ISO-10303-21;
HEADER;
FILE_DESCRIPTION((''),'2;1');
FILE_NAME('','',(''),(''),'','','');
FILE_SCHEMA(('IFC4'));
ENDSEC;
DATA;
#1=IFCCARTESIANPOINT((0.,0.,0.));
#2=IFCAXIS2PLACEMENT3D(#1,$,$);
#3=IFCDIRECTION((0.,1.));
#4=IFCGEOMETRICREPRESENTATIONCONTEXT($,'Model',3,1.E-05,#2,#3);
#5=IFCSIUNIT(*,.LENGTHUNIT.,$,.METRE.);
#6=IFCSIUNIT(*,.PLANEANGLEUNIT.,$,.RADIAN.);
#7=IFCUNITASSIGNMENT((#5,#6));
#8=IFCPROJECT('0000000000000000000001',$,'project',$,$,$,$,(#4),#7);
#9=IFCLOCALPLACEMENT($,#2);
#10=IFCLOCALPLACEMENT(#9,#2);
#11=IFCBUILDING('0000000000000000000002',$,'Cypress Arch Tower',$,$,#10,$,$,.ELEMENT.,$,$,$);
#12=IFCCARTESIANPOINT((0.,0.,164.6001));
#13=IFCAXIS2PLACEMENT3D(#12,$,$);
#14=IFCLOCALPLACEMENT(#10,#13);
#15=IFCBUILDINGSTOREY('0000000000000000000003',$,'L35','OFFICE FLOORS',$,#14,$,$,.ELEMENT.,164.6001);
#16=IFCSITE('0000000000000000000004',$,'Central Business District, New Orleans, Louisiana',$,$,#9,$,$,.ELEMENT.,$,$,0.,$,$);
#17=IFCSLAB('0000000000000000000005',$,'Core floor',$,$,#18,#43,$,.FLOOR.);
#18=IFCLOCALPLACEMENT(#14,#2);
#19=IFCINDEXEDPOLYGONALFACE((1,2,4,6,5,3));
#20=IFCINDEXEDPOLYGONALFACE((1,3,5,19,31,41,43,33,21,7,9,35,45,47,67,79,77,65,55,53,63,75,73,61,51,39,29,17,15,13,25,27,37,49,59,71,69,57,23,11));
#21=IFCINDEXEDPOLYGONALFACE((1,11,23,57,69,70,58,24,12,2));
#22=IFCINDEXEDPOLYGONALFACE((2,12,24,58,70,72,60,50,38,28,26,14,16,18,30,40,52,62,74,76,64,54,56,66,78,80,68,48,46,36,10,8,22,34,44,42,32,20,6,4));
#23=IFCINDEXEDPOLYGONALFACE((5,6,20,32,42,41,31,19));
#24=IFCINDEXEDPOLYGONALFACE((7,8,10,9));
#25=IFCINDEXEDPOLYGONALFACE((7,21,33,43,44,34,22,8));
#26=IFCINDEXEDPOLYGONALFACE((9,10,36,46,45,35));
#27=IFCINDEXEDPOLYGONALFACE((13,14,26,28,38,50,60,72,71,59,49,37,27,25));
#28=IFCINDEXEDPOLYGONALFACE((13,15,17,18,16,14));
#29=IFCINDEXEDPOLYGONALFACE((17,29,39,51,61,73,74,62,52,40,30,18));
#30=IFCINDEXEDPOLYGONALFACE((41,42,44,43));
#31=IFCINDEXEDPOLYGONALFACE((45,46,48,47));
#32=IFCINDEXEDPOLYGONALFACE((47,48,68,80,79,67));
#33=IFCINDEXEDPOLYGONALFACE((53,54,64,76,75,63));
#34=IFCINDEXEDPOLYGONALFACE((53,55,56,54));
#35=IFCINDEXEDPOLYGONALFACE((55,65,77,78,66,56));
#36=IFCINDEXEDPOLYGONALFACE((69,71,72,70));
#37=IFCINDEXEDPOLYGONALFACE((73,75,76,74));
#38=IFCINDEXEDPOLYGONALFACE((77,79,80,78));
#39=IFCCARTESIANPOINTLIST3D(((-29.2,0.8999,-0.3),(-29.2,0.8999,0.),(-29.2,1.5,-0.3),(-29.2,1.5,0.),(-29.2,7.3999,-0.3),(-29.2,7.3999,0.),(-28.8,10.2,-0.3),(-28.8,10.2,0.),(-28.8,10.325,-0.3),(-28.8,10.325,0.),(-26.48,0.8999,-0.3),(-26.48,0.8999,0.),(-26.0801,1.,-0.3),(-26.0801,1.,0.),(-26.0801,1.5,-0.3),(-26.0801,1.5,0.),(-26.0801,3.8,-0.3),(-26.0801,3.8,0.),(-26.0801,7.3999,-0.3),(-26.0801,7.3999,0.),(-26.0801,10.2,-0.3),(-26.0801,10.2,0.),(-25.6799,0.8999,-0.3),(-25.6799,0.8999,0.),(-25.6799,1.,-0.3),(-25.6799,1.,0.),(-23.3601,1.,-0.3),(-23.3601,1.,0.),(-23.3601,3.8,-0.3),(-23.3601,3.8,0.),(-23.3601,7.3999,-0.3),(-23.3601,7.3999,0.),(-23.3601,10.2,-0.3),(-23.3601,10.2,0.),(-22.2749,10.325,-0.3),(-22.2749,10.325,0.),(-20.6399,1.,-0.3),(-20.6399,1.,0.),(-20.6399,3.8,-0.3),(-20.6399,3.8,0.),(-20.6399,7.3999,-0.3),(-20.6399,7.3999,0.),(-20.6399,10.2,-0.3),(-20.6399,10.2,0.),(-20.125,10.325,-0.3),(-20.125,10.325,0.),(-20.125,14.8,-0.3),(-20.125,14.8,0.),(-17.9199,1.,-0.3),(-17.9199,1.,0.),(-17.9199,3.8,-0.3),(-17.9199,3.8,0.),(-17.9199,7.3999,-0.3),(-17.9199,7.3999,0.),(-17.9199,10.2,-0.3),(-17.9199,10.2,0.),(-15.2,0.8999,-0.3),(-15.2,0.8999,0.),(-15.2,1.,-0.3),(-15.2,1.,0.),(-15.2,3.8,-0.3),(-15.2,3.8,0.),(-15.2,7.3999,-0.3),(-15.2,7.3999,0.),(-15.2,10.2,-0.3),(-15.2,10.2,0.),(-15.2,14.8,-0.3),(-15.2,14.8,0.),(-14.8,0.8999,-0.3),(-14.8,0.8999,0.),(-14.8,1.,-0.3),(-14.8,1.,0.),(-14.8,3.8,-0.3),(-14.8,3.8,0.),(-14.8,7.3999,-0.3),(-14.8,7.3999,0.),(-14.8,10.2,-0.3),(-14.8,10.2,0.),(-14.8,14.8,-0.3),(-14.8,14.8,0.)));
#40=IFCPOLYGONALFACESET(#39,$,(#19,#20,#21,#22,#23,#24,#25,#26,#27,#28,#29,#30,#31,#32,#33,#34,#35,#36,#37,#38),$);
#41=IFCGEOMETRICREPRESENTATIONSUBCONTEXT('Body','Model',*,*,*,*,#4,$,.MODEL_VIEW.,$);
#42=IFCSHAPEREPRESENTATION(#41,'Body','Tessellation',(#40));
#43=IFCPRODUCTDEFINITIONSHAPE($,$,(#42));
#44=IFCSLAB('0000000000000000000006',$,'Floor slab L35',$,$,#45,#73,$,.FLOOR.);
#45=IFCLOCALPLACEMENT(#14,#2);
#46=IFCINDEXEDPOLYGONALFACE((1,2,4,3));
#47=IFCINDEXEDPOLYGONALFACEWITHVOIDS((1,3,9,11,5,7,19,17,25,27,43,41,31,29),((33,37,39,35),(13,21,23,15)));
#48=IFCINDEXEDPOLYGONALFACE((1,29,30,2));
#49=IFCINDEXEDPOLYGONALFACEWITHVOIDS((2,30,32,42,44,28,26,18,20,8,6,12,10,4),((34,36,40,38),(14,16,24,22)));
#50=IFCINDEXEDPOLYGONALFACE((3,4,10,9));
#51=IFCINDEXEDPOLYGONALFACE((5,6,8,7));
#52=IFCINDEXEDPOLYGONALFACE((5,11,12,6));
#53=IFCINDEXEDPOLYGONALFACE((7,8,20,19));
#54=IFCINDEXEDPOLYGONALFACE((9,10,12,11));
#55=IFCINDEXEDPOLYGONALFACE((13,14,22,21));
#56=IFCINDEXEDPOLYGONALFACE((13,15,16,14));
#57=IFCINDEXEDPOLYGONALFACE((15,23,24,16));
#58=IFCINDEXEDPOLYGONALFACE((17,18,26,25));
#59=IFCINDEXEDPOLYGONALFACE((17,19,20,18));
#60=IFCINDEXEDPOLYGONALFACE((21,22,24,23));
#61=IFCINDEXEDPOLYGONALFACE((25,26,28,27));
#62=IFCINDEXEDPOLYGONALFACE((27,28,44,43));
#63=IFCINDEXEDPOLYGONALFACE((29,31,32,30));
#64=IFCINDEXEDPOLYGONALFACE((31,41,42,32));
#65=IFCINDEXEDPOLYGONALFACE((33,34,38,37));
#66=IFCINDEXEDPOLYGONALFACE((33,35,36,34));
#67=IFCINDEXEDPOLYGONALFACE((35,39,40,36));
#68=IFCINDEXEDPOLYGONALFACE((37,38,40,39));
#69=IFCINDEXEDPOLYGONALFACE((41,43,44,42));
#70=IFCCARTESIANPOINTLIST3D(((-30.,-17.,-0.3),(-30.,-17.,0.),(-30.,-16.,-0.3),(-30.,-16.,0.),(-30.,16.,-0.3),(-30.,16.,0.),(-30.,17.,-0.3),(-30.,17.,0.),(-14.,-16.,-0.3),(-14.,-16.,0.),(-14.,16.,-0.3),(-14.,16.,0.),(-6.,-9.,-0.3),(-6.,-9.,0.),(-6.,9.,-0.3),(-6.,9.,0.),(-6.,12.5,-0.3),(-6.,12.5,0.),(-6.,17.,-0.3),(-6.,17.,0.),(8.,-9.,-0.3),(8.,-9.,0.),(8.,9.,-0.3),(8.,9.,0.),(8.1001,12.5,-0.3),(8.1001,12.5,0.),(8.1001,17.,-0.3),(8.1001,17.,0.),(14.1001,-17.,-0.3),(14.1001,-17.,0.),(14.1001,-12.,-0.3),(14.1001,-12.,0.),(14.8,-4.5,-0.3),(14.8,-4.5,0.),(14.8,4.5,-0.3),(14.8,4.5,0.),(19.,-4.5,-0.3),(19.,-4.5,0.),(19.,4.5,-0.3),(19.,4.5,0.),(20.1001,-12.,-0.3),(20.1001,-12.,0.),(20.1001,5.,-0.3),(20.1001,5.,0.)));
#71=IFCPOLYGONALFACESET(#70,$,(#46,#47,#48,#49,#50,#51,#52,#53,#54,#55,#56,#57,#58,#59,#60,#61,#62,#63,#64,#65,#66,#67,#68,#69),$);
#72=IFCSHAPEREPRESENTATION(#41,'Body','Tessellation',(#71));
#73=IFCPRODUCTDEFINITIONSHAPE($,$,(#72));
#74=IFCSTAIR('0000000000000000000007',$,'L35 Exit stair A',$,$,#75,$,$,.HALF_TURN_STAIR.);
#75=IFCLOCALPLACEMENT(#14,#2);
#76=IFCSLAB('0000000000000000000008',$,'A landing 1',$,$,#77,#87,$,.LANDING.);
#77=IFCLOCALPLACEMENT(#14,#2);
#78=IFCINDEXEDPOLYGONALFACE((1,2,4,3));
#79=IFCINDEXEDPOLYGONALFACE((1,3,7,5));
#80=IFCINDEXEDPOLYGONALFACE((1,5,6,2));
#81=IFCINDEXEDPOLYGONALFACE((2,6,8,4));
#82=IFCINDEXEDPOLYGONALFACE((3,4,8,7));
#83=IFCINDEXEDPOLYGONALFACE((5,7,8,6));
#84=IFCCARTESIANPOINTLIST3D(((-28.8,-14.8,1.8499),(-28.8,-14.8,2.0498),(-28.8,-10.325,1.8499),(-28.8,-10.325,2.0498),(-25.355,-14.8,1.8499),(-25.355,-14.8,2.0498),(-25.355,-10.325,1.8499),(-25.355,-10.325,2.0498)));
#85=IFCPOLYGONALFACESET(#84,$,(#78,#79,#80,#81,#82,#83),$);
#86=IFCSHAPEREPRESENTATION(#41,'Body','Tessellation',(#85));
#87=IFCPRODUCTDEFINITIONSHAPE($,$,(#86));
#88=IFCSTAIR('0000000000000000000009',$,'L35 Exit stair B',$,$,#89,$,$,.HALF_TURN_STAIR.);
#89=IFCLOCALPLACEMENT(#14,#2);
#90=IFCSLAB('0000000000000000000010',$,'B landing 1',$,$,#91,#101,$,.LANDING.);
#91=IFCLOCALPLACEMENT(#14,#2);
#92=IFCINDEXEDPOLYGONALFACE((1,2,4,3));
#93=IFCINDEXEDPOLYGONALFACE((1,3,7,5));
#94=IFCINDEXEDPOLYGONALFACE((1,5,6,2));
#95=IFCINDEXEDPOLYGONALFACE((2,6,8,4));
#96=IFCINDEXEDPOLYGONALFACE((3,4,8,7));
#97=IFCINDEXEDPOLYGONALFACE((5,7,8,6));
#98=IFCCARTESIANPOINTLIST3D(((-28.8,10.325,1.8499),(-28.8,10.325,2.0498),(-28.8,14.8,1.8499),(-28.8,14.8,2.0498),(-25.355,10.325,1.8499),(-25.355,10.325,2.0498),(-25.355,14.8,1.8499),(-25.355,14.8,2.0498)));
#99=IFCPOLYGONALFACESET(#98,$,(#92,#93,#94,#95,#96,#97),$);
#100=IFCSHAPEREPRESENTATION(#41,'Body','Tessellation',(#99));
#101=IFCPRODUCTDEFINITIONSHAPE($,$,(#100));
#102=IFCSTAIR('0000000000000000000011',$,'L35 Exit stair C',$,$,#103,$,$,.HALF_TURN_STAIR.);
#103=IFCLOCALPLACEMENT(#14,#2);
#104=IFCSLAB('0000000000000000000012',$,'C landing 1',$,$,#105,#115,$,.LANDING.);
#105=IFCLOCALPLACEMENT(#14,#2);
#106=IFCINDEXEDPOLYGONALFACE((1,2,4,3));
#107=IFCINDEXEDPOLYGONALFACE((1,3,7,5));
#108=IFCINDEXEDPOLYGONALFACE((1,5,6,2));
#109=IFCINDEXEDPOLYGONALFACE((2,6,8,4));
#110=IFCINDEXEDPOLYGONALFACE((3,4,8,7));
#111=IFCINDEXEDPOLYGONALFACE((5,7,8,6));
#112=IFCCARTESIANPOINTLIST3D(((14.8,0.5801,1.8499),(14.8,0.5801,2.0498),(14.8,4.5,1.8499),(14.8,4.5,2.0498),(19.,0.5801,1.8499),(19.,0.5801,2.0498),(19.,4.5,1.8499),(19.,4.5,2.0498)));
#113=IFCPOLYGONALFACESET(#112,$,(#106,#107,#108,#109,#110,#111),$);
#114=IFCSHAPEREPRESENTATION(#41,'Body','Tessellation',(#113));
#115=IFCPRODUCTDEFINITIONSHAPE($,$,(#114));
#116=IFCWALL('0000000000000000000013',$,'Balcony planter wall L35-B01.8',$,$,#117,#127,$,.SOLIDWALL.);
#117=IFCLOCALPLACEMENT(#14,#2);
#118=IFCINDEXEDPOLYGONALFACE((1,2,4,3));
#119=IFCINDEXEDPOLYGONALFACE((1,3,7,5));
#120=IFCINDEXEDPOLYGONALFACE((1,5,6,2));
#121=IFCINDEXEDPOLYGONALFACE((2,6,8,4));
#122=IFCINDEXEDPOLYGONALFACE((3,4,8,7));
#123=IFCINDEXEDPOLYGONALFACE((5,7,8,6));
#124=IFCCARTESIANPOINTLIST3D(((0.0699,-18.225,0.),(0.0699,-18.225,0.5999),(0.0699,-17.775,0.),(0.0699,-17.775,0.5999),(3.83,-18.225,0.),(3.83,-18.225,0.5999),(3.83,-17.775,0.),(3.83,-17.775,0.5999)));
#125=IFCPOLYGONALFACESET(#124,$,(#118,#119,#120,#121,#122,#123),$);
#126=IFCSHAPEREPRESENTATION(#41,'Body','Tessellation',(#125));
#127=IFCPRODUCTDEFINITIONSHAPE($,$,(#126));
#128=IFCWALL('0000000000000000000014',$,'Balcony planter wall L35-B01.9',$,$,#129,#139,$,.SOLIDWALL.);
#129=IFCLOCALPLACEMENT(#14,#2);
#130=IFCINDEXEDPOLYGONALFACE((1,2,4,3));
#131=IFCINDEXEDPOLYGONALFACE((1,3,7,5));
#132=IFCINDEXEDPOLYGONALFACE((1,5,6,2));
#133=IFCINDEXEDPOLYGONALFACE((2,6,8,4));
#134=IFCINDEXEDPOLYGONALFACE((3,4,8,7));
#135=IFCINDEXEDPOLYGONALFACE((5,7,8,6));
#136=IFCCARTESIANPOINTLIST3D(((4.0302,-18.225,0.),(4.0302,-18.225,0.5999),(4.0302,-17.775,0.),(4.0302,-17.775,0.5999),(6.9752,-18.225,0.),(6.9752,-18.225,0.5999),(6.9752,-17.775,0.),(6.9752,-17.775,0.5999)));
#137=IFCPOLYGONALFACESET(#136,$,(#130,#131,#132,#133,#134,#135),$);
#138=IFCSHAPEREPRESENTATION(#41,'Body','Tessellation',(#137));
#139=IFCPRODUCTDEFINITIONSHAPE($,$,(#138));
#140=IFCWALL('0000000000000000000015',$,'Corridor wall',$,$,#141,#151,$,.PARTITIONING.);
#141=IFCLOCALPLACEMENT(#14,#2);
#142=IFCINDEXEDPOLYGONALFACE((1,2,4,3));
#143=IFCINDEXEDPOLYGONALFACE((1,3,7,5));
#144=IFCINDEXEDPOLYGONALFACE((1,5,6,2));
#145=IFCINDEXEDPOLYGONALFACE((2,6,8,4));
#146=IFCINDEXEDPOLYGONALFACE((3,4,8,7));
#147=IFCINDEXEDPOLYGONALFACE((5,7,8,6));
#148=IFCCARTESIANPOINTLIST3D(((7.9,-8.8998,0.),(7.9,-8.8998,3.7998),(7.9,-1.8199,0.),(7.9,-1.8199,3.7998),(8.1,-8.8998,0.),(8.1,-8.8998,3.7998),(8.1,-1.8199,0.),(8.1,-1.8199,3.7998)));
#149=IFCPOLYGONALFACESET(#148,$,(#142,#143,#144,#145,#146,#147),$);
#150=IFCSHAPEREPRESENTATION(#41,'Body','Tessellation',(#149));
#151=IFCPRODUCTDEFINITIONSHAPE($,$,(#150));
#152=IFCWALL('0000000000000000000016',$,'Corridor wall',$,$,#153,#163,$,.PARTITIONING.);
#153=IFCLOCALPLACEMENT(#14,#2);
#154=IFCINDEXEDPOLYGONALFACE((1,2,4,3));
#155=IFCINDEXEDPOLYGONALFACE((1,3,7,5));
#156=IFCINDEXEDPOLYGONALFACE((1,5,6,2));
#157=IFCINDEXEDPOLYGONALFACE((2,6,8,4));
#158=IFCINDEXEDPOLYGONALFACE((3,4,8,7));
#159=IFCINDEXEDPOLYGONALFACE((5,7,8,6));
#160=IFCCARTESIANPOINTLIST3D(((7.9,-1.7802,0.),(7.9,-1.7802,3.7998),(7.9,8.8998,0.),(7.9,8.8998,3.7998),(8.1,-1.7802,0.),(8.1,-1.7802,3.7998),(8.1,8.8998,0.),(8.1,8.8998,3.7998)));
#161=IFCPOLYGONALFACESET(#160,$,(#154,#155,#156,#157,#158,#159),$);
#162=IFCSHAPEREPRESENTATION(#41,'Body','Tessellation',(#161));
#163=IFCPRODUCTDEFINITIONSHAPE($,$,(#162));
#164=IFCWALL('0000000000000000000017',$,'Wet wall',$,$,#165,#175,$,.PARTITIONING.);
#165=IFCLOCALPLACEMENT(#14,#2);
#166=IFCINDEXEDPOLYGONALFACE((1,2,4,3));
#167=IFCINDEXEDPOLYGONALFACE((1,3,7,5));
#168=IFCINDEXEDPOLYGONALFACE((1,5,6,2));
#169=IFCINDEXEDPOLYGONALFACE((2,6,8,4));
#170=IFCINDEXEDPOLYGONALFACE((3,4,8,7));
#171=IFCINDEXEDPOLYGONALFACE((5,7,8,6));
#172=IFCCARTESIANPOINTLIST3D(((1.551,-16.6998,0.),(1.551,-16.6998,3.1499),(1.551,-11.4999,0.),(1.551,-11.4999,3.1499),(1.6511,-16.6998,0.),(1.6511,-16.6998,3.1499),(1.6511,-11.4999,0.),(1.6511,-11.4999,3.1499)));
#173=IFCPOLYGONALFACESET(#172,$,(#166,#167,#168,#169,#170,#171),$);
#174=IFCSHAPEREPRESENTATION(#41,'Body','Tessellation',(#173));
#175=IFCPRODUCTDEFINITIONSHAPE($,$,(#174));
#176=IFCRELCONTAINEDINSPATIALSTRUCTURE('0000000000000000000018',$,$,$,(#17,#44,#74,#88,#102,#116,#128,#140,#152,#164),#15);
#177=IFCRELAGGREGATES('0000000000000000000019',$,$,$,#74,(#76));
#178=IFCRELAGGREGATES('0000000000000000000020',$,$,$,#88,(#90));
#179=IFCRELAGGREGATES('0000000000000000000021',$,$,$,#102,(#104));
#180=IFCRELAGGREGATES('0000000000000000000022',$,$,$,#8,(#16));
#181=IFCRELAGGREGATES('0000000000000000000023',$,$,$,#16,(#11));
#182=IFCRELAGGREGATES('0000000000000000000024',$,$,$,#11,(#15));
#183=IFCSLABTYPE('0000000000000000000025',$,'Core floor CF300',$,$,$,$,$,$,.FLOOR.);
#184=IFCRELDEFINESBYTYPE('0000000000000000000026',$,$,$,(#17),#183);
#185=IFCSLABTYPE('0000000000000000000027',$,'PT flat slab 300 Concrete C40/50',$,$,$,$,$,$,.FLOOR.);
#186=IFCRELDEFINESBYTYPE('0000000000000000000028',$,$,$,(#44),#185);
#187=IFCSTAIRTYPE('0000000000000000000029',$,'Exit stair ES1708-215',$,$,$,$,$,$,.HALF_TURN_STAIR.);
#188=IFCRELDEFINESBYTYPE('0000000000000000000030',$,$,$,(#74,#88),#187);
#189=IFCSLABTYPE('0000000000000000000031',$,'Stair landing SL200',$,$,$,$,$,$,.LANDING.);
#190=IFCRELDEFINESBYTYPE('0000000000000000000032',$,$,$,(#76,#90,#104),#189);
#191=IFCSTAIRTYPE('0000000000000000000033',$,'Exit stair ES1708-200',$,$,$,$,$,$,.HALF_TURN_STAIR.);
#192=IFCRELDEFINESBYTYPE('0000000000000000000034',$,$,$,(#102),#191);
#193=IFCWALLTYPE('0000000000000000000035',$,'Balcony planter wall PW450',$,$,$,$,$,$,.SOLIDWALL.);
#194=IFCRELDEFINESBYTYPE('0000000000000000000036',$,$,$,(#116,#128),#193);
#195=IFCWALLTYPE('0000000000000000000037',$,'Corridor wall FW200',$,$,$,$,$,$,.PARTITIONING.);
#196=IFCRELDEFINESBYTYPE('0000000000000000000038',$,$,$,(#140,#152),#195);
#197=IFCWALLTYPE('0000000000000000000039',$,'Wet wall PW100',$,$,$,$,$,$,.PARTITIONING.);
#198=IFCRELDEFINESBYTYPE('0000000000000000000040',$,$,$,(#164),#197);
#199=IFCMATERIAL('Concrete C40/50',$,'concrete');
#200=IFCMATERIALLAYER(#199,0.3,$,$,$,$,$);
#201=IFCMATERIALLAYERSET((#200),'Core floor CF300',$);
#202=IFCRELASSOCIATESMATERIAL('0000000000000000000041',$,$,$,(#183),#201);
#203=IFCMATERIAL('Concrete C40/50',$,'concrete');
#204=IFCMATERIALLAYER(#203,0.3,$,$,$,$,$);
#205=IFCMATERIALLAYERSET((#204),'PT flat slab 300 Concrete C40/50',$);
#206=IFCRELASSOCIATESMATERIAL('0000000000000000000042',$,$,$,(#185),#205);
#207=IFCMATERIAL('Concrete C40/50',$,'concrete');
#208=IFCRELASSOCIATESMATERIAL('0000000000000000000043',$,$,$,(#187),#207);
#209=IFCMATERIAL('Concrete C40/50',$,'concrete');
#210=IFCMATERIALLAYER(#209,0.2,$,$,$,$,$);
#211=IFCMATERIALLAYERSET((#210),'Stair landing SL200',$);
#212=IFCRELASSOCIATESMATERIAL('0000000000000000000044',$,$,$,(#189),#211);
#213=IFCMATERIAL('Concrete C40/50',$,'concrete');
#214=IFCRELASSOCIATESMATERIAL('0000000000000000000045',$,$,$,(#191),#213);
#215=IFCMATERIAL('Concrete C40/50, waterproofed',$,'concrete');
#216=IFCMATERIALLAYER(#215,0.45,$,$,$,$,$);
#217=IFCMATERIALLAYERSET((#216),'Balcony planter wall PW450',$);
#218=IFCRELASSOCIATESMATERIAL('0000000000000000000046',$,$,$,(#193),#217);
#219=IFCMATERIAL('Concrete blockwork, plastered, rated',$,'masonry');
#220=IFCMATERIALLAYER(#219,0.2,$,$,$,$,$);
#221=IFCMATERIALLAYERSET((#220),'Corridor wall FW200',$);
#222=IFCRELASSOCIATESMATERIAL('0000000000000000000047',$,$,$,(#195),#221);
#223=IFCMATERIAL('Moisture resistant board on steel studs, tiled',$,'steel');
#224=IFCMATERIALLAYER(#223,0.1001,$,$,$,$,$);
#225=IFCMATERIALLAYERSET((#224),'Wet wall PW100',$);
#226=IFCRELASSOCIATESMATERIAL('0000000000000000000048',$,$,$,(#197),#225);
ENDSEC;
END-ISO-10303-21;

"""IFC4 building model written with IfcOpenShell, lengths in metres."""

from ifc_helpers import new_model, si_unit, direction, frame, frame_2d, origin, place, context, subcontext, project, spatial, polyline, rectangle, outline, extrude, material, layer, layer_set, type_object, element, aggregate, save


model = new_model("IFC4")

# Units and contexts
model_context = context("Model", 3, precision=1e-05, world=origin(), true_north=direction((0.0, 1.0)))
body_context = subcontext(model_context, "Body", "Model", "MODEL_VIEW")
ifc_project = project(units=[si_unit("LENGTHUNIT", "METRE"), si_unit("PLANEANGLEUNIT", "RADIAN")], contexts=[model_context])

# Site, building, storey
site_placement = place(None, origin())
site = spatial("IfcSite", under=ifc_project, at=site_placement, Name="Central Business District, New Orleans, Louisiana", CompositionType="ELEMENT", RefElevation=0.0)
building_placement = place(site_placement, origin())
building = spatial("IfcBuilding", under=site, at=building_placement, Name="Cypress Arch Tower", CompositionType="ELEMENT")
storey_placement = place(building_placement, frame((0.0, 0.0, 164.6001)))
storey = spatial("IfcBuildingStorey", under=building, at=storey_placement, Name="L35", Description="OFFICE FLOORS", CompositionType="ELEMENT", Elevation=164.6001)

# Slabs
ifc_material_1 = material(Name="Concrete C40/50", Category="concrete")
ifc_layer_1 = layer(ifc_material_1, 0.3)
ifc_layer_set_1 = layer_set([ifc_layer_1], Name="Core floor CF300")
slab_type_1 = type_object("IfcSlabType", Name="Core floor CF300", PredefinedType="FLOOR", material=ifc_layer_set_1)
slab_1_placement = place(storey_placement, frame((0.0, 0.0, -0.3)))
element("IfcSlab", 1, at=slab_1_placement, inside=storey, type_object=slab_type_1, Name="Core floor", PredefinedType="FLOOR", context=body_context, shape_type="SweptSolid", body=[
    extrude(outline(polyline([(-20.6399, 7.3999), (-20.6399, 10.2), (-23.3601, 10.2), (-26.0801, 10.2), (-28.8, 10.2), (-28.8, 10.325), (-22.2749, 10.325), (-20.125, 10.325), (-20.125, 14.8), (-15.2, 14.8), (-14.8, 14.8), (-14.8, 10.2), (-15.2, 10.2), (-17.9199, 10.2), (-17.9199, 7.3999), (-15.2, 7.3999), (-14.8, 7.3999), (-14.8, 3.8), (-15.2, 3.8), (-17.9199, 3.8), (-20.6399, 3.8), (-23.3601, 3.8), (-26.0801, 3.8), (-26.0801, 1.5), (-26.0801, 1.5), (-26.0801, 1.0), (-25.6799, 1.0), (-23.3601, 1.0), (-20.6399, 1.0), (-17.9199, 1.0), (-15.2, 1.0), (-14.8, 1.0), (-14.8, 0.8999), (-15.2, 0.8999), (-25.6799, 0.8999), (-26.48, 0.8999), (-29.2, 0.8999), (-29.2, 1.5), (-29.2, 7.3999), (-26.0801, 7.3999), (-23.3601, 7.3999), (-20.6399, 7.3999)])), origin(), (0.0, 0.0, 1.0), 0.3),
])
ifc_material_2 = material(Name="Concrete C40/50", Category="concrete")
ifc_layer_2 = layer(ifc_material_2, 0.3)
ifc_layer_set_2 = layer_set([ifc_layer_2], Name="PT flat slab 300 Concrete C40/50")
slab_type_2 = type_object("IfcSlabType", Name="PT flat slab 300 Concrete C40/50", PredefinedType="FLOOR", material=ifc_layer_set_2)
slab_2_placement = place(storey_placement, frame((0.0, 0.0, -0.3)))
element("IfcSlab", 2, at=slab_2_placement, inside=storey, type_object=slab_type_2, Name="Floor slab L35", PredefinedType="FLOOR", context=body_context, shape_type="SweptSolid", body=[
    extrude(outline(polyline([(-30.0, 17.0), (-6.0, 17.0), (-6.0, 12.5), (8.1001, 12.5), (8.1001, 17.0), (20.1001, 5.0), (20.1001, -12.0), (14.1001, -12.0), (14.1001, -17.0), (-30.0, -17.0), (-30.0, -16.0), (-14.0, -16.0), (-14.0, 16.0), (-30.0, 16.0), (-30.0, 17.0)]), holes=[polyline([(-6.0, -9.0), (8.0, -9.0), (8.0, 9.0), (-6.0, 9.0), (-6.0, -9.0)]), polyline([(14.8, -4.5), (19.0, -4.5), (19.0, 4.5), (14.8, 4.5), (14.8, -4.5)])]), origin(), (0.0, 0.0, 1.0), 0.3),
])

# Stairs, slabs
ifc_material_3 = material(Name="Concrete C40/50", Category="concrete")
stair_type_1 = type_object("IfcStairType", Name="Exit stair ES1708-215", PredefinedType="HALF_TURN_STAIR", material=ifc_material_3)
stair_1_placement = place(storey_placement, origin())
stair_1 = element("IfcStair", 3, at=stair_1_placement, inside=storey, type_object=stair_type_1, Name="L35 Exit stair A", PredefinedType="HALF_TURN_STAIR")
ifc_material_4 = material(Name="Concrete C40/50", Category="concrete")
ifc_layer_3 = layer(ifc_material_4, 0.2)
ifc_layer_set_3 = layer_set([ifc_layer_3], Name="Stair landing SL200")
slab_type_3 = type_object("IfcSlabType", Name="Stair landing SL200", PredefinedType="LANDING", material=ifc_layer_set_3)
slab_3_placement = place(storey_placement, frame((0.0, 0.0, 1.8499)))
slab_3 = element("IfcSlab", 4, at=slab_3_placement, type_object=slab_type_3, Name="A landing 1", PredefinedType="LANDING", context=body_context, shape_type="SweptSolid", body=[
    extrude(outline(polyline([(-25.355, -10.325), (-28.8, -10.325), (-28.8, -14.8), (-25.355, -14.8), (-25.355, -10.325)])), origin(), (0.0, 0.0, 1.0), 0.2),
])
aggregate(stair_1, [slab_3])
stair_2_placement = place(storey_placement, origin())
stair_2 = element("IfcStair", 5, at=stair_2_placement, inside=storey, type_object=stair_type_1, Name="L35 Exit stair B", PredefinedType="HALF_TURN_STAIR")
slab_4_placement = place(storey_placement, frame((0.0, 0.0, 1.8499)))
slab_4 = element("IfcSlab", 6, at=slab_4_placement, type_object=slab_type_3, Name="B landing 1", PredefinedType="LANDING", context=body_context, shape_type="SweptSolid", body=[
    extrude(outline(polyline([(-25.355, 14.8), (-28.8, 14.8), (-28.8, 10.325), (-25.355, 10.325), (-25.355, 14.8)])), origin(), (0.0, 0.0, 1.0), 0.2),
])
aggregate(stair_2, [slab_4])
ifc_material_5 = material(Name="Concrete C40/50", Category="concrete")
stair_type_2 = type_object("IfcStairType", Name="Exit stair ES1708-200", PredefinedType="HALF_TURN_STAIR", material=ifc_material_5)
stair_3_placement = place(storey_placement, origin())
stair_3 = element("IfcStair", 7, at=stair_3_placement, inside=storey, type_object=stair_type_2, Name="L35 Exit stair C", PredefinedType="HALF_TURN_STAIR")
slab_5_placement = place(storey_placement, frame((0.0, 0.0, 1.8499)))
slab_5 = element("IfcSlab", 8, at=slab_5_placement, type_object=slab_type_3, Name="C landing 1", PredefinedType="LANDING", context=body_context, shape_type="SweptSolid", body=[
    extrude(outline(polyline([(19.0, 0.5801), (19.0, 4.5), (14.8, 4.5), (14.8, 0.5801), (19.0, 0.5801)])), origin(), (0.0, 0.0, 1.0), 0.2),
])
aggregate(stair_3, [slab_5])

# Walls
ifc_material_6 = material(Name="Concrete C40/50, waterproofed", Category="concrete")
ifc_layer_4 = layer(ifc_material_6, 0.45)
ifc_layer_set_4 = layer_set([ifc_layer_4], Name="Balcony planter wall PW450")
wall_type_1 = type_object("IfcWallType", Name="Balcony planter wall PW450", PredefinedType="SOLIDWALL", material=ifc_layer_set_4)
wall_1_placement = place(storey_placement, frame((0.0701, -18.0, 0.0), z_axis=(0.0, 0.0, 1.0), x_axis=(1.0, 0.0, 0.0)))
element("IfcWall", 9, at=wall_1_placement, inside=storey, type_object=wall_type_1, Name="Balcony planter wall L35-B01.8", PredefinedType="SOLIDWALL", context=body_context, shape_type="SweptSolid", body=[
    extrude(rectangle(XDim=3.76, YDim=0.45, at=frame_2d((1.8799, 0.0))), origin(), (0.0, 0.0, 1.0), 0.5999),
])
wall_2_placement = place(storey_placement, frame((4.03, -18.0, 0.0), z_axis=(0.0, 0.0, 1.0), x_axis=(1.0, 0.0, 0.0)))
element("IfcWall", 10, at=wall_2_placement, inside=storey, type_object=wall_type_1, Name="Balcony planter wall L35-B01.9", PredefinedType="SOLIDWALL", context=body_context, shape_type="SweptSolid", body=[
    extrude(rectangle(XDim=2.9451, YDim=0.45, at=frame_2d((1.4727, 0.0))), origin(), (0.0, 0.0, 1.0), 0.5999),
])

# Walls
ifc_material_7 = material(Name="Concrete blockwork, plastered, rated", Category="masonry")
ifc_layer_5 = layer(ifc_material_7, 0.2)
ifc_layer_set_5 = layer_set([ifc_layer_5], Name="Corridor wall FW200")
wall_type_2 = type_object("IfcWallType", Name="Corridor wall FW200", PredefinedType="PARTITIONING", material=ifc_layer_set_5)
wall_3_placement = place(storey_placement, frame((8.0, -8.8999, 0.0), z_axis=(0.0, 0.0, 1.0), x_axis=(0.0, 1.0, 0.0)))
element("IfcWall", 11, at=wall_3_placement, inside=storey, type_object=wall_type_2, Name="Corridor wall", PredefinedType="PARTITIONING", context=body_context, shape_type="SweptSolid", body=[
    extrude(rectangle(XDim=7.0798, YDim=0.2, at=frame_2d((3.54, 0.0))), origin(), (0.0, 0.0, 1.0), 3.7998),
])
wall_4_placement = place(storey_placement, frame((8.0, -1.78, 0.0), z_axis=(0.0, 0.0, 1.0), x_axis=(0.0, 1.0, 0.0)))
element("IfcWall", 12, at=wall_4_placement, inside=storey, type_object=wall_type_2, Name="Corridor wall", PredefinedType="PARTITIONING", context=body_context, shape_type="SweptSolid", body=[
    extrude(rectangle(XDim=10.6799, YDim=0.2, at=frame_2d((5.3398, 0.0))), origin(), (0.0, 0.0, 1.0), 3.7998),
])
ifc_material_8 = material(Name="Moisture resistant board on steel studs, tiled", Category="steel")
ifc_layer_6 = layer(ifc_material_8, 0.1001)
ifc_layer_set_6 = layer_set([ifc_layer_6], Name="Wet wall PW100")
wall_type_3 = type_object("IfcWallType", Name="Wet wall PW100", PredefinedType="PARTITIONING", material=ifc_layer_set_6)
wall_5_placement = place(storey_placement, frame((1.6011, -16.7, 0.0), z_axis=(0.0, 0.0, 1.0), x_axis=(0.0, 1.0, 0.0)))
element("IfcWall", 13, at=wall_5_placement, inside=storey, type_object=wall_type_3, Name="Wet wall", PredefinedType="PARTITIONING", context=body_context, shape_type="SweptSolid", body=[
    extrude(rectangle(XDim=5.2, YDim=0.1001, at=frame_2d((2.6001, 0.0))), origin(), (0.0, 0.0, 1.0), 3.1499),
])

save(model, "model.ifc")
